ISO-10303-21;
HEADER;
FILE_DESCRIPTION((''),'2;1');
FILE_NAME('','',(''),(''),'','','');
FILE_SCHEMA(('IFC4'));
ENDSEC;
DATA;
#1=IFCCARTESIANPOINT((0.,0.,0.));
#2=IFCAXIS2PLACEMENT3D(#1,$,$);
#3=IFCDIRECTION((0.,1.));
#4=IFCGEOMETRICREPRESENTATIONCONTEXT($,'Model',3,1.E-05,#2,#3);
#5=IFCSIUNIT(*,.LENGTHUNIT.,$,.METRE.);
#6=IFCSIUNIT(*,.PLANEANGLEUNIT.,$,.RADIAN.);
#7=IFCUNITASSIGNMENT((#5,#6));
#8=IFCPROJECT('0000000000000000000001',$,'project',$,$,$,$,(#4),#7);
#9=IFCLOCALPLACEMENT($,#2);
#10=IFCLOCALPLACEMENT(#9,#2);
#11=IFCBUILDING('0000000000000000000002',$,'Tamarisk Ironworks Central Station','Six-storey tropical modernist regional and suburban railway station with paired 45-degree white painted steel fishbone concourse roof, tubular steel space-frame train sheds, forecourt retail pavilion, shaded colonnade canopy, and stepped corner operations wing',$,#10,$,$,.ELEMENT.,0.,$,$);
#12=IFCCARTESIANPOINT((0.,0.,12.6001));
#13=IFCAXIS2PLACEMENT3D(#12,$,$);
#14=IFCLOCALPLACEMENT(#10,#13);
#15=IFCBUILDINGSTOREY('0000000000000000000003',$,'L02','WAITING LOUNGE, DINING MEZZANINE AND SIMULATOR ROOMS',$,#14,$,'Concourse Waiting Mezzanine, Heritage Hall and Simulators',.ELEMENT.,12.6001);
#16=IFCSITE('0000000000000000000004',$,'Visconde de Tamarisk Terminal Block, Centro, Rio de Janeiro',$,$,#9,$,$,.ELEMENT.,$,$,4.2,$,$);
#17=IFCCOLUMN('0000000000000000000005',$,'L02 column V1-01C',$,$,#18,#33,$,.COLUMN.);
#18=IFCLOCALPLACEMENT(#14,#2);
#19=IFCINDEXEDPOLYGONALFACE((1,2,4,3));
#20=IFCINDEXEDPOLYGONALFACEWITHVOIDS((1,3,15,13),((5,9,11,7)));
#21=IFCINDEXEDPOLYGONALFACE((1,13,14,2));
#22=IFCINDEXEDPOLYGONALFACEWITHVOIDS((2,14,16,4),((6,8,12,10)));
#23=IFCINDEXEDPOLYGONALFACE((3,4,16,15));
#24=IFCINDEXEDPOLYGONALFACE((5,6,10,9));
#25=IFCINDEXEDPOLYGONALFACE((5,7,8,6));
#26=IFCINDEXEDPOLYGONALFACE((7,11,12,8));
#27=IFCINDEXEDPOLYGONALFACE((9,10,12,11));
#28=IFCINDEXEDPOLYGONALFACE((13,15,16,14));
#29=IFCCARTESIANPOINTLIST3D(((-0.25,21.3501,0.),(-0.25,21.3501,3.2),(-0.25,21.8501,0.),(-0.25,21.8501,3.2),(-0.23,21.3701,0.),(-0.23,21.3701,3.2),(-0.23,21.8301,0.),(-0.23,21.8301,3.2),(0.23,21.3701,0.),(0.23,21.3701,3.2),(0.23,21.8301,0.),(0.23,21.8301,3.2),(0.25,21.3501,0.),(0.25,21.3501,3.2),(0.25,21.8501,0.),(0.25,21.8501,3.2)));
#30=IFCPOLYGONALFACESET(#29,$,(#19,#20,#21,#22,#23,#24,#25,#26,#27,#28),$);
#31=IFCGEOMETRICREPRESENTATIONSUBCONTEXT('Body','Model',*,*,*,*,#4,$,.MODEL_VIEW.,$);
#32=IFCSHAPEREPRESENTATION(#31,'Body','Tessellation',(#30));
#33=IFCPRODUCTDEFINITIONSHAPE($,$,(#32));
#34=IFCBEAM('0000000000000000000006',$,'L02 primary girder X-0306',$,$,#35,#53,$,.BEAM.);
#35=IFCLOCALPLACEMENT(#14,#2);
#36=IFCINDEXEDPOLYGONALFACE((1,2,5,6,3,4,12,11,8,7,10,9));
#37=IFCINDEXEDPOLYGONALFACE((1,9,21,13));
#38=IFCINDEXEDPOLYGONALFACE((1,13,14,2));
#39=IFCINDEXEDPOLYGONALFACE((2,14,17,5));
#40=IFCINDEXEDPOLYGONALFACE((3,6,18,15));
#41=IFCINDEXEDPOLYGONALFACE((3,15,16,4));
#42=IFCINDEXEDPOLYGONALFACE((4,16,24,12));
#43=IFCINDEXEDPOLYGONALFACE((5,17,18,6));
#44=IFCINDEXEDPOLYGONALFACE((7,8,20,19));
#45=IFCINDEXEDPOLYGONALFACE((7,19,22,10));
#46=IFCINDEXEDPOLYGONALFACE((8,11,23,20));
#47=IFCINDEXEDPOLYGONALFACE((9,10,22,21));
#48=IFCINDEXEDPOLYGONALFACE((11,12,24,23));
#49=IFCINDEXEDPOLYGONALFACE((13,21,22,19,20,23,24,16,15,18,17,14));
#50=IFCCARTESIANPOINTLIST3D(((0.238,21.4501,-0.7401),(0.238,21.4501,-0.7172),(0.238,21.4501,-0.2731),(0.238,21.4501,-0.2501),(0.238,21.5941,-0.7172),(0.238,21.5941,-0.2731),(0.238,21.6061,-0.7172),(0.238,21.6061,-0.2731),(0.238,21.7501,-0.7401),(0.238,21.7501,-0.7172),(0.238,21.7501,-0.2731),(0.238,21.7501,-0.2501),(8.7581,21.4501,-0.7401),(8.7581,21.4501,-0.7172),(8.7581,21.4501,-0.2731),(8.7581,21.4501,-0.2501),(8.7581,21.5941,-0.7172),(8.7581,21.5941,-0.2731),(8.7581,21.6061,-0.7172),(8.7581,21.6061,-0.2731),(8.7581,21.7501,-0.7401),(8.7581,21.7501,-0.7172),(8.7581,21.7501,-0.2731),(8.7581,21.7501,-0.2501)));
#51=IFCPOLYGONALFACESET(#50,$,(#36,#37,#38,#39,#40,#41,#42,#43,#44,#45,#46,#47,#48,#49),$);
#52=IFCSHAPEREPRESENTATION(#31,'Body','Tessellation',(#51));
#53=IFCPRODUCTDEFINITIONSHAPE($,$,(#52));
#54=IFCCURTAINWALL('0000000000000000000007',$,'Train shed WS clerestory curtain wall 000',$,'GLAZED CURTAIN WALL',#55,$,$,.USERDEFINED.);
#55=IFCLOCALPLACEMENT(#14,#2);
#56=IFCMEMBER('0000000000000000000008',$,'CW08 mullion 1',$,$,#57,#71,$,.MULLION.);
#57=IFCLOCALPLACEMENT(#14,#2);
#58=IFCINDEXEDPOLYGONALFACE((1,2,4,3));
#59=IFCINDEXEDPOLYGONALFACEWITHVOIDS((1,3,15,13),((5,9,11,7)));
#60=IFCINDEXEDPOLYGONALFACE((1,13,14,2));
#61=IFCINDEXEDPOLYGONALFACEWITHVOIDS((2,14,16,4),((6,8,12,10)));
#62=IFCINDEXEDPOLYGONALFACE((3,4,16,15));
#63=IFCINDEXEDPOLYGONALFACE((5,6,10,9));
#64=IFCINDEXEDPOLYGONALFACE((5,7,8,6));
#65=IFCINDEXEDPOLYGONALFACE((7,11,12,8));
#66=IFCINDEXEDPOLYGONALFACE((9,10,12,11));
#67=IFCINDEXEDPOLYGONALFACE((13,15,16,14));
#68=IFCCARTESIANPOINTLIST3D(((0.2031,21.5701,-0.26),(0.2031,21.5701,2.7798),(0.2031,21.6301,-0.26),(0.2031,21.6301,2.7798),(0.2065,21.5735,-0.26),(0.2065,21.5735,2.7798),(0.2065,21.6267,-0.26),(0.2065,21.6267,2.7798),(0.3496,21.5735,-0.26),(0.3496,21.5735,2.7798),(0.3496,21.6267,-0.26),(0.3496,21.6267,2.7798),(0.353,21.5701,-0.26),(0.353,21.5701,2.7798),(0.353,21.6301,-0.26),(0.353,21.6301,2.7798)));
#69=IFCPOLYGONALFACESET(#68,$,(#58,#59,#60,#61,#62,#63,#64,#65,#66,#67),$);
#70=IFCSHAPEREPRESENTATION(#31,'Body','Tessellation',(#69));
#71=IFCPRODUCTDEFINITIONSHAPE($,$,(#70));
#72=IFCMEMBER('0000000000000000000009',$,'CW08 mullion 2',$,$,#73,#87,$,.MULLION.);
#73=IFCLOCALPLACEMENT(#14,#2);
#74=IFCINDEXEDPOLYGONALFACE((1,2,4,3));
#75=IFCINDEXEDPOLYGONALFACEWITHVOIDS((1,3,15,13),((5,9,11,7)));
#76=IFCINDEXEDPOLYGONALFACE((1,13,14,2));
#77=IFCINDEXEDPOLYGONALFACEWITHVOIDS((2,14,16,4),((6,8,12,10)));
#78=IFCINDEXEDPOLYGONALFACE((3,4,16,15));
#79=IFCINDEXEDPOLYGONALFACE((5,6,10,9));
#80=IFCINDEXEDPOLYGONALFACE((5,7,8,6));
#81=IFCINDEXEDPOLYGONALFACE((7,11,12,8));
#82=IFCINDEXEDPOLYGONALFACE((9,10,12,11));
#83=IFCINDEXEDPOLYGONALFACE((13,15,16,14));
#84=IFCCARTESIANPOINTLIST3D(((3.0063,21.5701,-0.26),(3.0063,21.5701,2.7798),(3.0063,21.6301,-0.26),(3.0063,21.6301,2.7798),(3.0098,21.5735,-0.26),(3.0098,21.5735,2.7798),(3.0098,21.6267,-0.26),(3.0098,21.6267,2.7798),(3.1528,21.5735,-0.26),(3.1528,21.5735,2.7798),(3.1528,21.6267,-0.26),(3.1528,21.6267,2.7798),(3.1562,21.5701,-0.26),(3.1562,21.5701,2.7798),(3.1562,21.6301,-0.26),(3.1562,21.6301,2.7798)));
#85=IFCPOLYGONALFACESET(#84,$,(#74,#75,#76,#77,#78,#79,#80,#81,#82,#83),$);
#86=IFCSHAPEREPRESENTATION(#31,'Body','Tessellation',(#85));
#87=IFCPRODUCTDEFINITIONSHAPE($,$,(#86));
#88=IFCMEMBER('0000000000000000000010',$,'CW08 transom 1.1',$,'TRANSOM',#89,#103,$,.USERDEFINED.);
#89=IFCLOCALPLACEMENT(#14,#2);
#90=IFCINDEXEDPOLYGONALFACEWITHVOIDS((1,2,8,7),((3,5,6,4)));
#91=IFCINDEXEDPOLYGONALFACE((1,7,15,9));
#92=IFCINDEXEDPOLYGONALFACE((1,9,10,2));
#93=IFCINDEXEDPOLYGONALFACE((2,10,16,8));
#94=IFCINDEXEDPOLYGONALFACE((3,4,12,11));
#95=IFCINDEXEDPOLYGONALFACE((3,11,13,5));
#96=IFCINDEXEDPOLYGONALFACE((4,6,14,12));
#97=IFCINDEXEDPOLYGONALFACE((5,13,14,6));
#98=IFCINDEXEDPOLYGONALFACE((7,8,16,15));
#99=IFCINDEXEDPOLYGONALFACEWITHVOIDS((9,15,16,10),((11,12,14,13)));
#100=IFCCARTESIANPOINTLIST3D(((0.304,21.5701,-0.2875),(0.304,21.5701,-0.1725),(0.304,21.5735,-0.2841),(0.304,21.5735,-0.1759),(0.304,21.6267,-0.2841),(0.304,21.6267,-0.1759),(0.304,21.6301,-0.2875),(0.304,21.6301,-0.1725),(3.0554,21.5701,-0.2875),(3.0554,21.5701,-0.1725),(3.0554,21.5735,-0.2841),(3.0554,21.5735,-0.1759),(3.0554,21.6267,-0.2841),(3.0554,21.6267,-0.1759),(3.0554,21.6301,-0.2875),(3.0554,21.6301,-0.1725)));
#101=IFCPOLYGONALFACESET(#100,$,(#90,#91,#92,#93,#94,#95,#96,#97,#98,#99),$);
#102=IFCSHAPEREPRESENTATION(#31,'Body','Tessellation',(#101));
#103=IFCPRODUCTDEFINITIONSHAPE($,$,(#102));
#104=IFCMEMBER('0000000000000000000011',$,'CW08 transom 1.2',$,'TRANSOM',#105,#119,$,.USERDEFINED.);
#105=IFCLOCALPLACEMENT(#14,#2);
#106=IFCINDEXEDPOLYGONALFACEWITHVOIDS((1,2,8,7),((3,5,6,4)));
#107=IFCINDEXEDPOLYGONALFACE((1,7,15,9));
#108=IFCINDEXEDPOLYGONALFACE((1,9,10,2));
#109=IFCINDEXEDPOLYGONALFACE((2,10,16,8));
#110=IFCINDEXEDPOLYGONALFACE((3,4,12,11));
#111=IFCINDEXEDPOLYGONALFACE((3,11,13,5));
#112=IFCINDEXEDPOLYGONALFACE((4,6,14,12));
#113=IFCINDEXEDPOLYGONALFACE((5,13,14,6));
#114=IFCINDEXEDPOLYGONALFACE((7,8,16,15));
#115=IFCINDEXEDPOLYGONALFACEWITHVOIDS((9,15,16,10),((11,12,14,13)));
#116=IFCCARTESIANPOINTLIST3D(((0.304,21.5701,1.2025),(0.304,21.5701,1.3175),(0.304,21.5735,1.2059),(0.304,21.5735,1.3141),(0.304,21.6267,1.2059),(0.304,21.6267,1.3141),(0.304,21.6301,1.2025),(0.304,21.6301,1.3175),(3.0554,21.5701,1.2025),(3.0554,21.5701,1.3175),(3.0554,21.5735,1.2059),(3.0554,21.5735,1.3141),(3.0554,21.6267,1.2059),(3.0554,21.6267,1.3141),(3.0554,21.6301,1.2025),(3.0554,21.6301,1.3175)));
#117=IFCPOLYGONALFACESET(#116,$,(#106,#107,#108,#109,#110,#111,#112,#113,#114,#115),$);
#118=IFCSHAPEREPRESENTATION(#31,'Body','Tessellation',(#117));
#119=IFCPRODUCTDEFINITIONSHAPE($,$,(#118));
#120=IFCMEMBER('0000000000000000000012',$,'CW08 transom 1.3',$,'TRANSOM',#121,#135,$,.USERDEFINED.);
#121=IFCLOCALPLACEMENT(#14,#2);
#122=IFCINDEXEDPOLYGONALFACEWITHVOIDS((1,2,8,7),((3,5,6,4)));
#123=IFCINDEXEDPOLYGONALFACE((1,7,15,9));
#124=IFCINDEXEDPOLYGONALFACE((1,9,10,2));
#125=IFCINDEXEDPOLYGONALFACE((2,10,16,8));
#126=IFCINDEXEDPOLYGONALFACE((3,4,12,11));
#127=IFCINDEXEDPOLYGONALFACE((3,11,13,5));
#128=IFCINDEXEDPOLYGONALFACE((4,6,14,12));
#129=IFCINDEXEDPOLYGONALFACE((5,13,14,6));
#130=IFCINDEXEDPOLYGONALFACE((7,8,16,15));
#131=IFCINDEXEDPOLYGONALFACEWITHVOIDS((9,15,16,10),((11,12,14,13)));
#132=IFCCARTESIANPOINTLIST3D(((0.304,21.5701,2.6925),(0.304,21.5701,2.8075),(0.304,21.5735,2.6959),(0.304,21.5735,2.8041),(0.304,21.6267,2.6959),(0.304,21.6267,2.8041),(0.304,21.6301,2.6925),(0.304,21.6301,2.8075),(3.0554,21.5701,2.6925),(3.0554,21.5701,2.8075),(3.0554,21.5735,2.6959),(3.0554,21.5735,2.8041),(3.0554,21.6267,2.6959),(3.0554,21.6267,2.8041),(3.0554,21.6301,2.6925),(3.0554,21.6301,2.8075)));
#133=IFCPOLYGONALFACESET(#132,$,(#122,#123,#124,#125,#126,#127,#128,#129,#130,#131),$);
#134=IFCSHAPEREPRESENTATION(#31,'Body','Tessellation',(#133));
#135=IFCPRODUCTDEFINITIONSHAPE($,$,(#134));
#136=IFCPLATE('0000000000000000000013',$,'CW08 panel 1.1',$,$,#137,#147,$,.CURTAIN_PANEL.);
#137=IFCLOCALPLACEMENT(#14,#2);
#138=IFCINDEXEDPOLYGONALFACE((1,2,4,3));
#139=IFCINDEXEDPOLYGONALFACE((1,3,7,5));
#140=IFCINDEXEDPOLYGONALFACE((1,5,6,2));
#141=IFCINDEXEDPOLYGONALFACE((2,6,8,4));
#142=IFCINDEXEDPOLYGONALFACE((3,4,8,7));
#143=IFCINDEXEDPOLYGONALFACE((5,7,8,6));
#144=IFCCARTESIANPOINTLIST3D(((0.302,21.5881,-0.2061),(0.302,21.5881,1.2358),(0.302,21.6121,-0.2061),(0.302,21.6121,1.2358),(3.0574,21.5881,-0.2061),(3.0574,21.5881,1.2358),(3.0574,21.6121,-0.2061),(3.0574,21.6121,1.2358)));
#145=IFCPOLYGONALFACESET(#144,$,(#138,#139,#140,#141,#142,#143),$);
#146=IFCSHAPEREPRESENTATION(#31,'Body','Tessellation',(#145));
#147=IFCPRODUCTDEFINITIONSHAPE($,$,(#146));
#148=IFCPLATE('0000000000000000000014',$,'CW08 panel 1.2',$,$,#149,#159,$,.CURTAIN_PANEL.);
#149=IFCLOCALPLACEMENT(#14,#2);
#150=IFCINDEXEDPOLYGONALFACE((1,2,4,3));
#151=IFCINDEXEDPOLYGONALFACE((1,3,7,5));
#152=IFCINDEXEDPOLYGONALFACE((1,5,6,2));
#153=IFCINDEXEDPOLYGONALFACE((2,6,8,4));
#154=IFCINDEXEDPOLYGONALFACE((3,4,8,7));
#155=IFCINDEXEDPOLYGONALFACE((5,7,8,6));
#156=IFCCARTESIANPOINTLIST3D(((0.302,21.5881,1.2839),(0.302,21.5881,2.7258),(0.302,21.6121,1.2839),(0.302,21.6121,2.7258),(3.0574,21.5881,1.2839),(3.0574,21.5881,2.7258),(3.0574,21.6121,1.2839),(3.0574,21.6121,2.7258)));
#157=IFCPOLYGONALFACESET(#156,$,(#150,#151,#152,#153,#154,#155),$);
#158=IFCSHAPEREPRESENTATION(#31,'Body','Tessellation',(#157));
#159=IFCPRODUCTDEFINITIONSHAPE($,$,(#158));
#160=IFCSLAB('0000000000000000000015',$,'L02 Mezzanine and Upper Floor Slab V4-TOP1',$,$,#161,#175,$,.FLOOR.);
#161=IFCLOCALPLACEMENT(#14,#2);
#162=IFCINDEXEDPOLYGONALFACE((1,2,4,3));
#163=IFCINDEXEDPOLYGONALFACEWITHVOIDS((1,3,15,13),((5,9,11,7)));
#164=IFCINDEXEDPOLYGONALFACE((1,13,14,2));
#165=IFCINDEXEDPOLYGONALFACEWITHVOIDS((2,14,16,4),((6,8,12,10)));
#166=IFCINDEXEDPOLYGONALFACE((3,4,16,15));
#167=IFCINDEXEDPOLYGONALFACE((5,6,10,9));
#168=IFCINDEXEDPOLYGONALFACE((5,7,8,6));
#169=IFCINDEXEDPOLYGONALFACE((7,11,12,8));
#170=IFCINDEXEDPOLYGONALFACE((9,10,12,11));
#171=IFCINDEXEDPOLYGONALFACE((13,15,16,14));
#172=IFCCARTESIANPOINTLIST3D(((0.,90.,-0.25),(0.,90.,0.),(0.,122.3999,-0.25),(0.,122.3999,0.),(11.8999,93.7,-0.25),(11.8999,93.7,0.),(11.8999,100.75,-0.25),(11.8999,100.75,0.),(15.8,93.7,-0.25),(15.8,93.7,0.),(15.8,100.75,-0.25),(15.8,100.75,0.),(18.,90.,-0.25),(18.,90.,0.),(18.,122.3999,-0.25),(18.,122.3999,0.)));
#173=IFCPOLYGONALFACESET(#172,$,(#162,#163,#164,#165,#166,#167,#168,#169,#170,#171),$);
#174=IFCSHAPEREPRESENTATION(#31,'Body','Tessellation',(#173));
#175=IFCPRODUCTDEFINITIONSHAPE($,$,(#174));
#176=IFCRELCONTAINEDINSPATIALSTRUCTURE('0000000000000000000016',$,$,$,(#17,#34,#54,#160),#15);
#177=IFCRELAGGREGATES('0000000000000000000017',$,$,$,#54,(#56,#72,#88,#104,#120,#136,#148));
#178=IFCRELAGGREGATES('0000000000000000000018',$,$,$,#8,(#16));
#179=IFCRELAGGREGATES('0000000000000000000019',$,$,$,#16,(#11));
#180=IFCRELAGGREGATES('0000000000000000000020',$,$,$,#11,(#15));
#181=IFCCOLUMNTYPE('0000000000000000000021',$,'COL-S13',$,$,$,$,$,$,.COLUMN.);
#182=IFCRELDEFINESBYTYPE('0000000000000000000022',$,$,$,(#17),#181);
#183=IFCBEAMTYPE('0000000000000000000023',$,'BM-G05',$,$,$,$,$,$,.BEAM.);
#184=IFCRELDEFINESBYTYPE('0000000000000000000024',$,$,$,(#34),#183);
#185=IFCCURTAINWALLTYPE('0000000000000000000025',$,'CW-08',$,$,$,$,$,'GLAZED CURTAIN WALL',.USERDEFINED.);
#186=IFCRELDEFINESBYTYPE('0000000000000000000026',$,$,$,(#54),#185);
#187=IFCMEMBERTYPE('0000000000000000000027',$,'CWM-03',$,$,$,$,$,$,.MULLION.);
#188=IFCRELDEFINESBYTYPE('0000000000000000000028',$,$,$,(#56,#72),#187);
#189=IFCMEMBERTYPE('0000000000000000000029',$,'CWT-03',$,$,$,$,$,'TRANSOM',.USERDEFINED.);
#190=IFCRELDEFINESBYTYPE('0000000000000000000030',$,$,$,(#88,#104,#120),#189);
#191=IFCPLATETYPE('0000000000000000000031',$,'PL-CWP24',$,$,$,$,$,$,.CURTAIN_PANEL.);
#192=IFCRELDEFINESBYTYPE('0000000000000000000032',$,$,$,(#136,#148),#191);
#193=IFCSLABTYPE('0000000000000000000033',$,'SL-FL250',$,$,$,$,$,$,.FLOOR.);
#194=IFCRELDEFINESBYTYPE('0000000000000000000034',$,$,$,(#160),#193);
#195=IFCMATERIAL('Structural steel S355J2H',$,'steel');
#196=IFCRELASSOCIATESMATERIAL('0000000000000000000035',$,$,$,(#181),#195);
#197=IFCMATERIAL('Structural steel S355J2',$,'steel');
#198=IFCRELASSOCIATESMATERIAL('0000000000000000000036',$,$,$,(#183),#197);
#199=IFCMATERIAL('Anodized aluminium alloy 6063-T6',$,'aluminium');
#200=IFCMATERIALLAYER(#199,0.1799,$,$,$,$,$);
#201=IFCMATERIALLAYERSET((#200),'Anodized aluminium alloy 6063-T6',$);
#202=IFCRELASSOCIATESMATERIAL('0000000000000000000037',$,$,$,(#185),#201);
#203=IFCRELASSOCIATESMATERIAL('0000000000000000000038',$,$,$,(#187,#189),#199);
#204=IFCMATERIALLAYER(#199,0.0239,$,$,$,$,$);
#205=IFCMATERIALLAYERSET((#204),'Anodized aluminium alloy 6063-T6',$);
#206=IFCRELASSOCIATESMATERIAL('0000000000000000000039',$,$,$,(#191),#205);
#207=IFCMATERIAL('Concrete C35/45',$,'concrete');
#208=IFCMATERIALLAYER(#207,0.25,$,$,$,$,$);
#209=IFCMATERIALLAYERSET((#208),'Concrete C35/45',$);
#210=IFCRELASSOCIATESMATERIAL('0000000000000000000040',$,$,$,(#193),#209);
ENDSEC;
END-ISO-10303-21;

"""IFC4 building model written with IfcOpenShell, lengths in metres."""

from ifc_helpers import new_model, si_unit, direction, frame, origin, origin_2d, place, context, subcontext, project, spatial, polyline, rectangle, hollow_rectangle, i_section, outline, extrude, material, layer, layer_set, material_profile, profile_set, type_object, element, aggregate, save


model = new_model("IFC4")

# Units and contexts
model_context = context("Model", 3, precision=1e-05, world=origin(), true_north=direction((0.0, 1.0)))
body_context = subcontext(model_context, "Body", "Model", "MODEL_VIEW")
ifc_project = project(units=[si_unit("LENGTHUNIT", "METRE"), si_unit("PLANEANGLEUNIT", "RADIAN")], contexts=[model_context])

# Site, building, storey
site_placement = place(None, origin())
site = spatial("IfcSite", under=ifc_project, at=site_placement, Name="Visconde de Tamarisk Terminal Block, Centro, Rio de Janeiro", CompositionType="ELEMENT", RefElevation=4.2)
building_placement = place(site_placement, origin())
building = spatial("IfcBuilding", under=site, at=building_placement, Name="Tamarisk Ironworks Central Station", Description="Six-storey tropical modernist regional and suburban railway station with paired 45-degree white painted steel fishbone concourse roof, tubular steel space-frame train sheds, forecourt retail pavilion, shaded colonnade canopy, and stepped corner operations wing", CompositionType="ELEMENT", ElevationOfRefHeight=0.0)
storey_placement = place(building_placement, frame((0.0, 0.0, 12.6001)))
storey = spatial("IfcBuildingStorey", under=building, at=storey_placement, Name="L02", Description="WAITING LOUNGE, DINING MEZZANINE AND SIMULATOR ROOMS", LongName="Concourse Waiting Mezzanine, Heritage Hall and Simulators", CompositionType="ELEMENT", Elevation=12.6001)

# Column
ifc_material_1 = material(Name="Structural steel S355J2H", Category="steel")
ifc_material_profile_1 = material_profile(ifc_material_1, hollow_rectangle(XDim=0.5, YDim=0.5, WallThickness=0.02, at=origin_2d()), Name="SHS 500x500x20")
ifc_profile_set_1 = profile_set([ifc_material_profile_1], Name="Structural steel S355J2H")
column_type = type_object("IfcColumnType", Name="COL-S13", PredefinedType="COLUMN", material=ifc_profile_set_1)
column_placement = place(storey_placement, frame((0.0, 21.6001, 0.0), z_axis=(0.0, 0.0, 1.0), x_axis=(1.0, 0.0, 0.0)))
element("IfcColumn", 1, at=column_placement, inside=storey, type_object=column_type, Name="L02 column V1-01C", PredefinedType="COLUMN", context=body_context, shape_type="SweptSolid", body=[
    extrude(hollow_rectangle(XDim=0.5, YDim=0.5, WallThickness=0.02, at=origin_2d()), origin(), (0.0, 0.0, 1.0), 3.2),
])

# Beam
ifc_material_2 = material(Name="Structural steel S355J2", Category="steel")
ifc_material_profile_2 = material_profile(ifc_material_2, i_section(OverallWidth=0.3, OverallDepth=0.49, WebThickness=0.012, FlangeThickness=0.0229, at=origin_2d()), Name="HEA 500")
ifc_profile_set_2 = profile_set([ifc_material_profile_2], Name="Structural steel S355J2")
beam_type = type_object("IfcBeamType", Name="BM-G05", PredefinedType="BEAM", material=ifc_profile_set_2)
beam_placement = place(storey_placement, frame((0.238, 21.6001, -0.4951), z_axis=(1.0, 0.0, 0.0), x_axis=(0.0, 1.0, 0.0)))
element("IfcBeam", 2, at=beam_placement, inside=storey, type_object=beam_type, Name="L02 primary girder X-0306", PredefinedType="BEAM", context=body_context, shape_type="SweptSolid", body=[
    extrude(i_section(OverallWidth=0.3, OverallDepth=0.49, WebThickness=0.012, FlangeThickness=0.0229, at=origin_2d()), origin(), (0.0, 0.0, 1.0), 8.52),
])

# Curtain wall, members, plates
ifc_material_3 = material(Name="Anodized aluminium alloy 6063-T6", Category="aluminium")
ifc_layer_1 = layer(ifc_material_3, 0.1799)
ifc_layer_set_1 = layer_set([ifc_layer_1], Name="Anodized aluminium alloy 6063-T6")
curtain_wall_type = type_object("IfcCurtainWallType", Name="CW-08", ElementType="GLAZED CURTAIN WALL", PredefinedType="USERDEFINED", material=ifc_layer_set_1)
curtain_wall_placement = place(storey_placement, origin())
curtain_wall = element("IfcCurtainWall", 3, at=curtain_wall_placement, inside=storey, type_object=curtain_wall_type, Name="Train shed WS clerestory curtain wall 000", ObjectType="GLAZED CURTAIN WALL", PredefinedType="USERDEFINED")
ifc_material_profile_3 = material_profile(ifc_material_3, hollow_rectangle(XDim=0.0601, YDim=0.1499, WallThickness=0.0034, at=origin_2d()), Name="ALUM 150x60")
ifc_profile_set_3 = profile_set([ifc_material_profile_3], Name="Anodized aluminium alloy 6063-T6")
member_type_1 = type_object("IfcMemberType", Name="CWM-03", PredefinedType="MULLION", material=ifc_profile_set_3)
member_1_placement = place(storey_placement, frame((0.2781, 21.6001, -0.26), z_axis=(0.0, 0.0, 1.0), x_axis=(0.0, 1.0, 0.0)))
member_1 = element("IfcMember", 4, at=member_1_placement, type_object=member_type_1, Name="CW08 mullion 1", PredefinedType="MULLION", context=body_context, shape_type="SweptSolid", body=[
    extrude(hollow_rectangle(XDim=0.0601, YDim=0.1499, WallThickness=0.0034, at=origin_2d()), origin(), (0.0, 0.0, 1.0), 3.0398),
])
member_2_placement = place(storey_placement, frame((3.0813, 21.6001, -0.26), z_axis=(0.0, 0.0, 1.0), x_axis=(0.0, 1.0, 0.0)))
member_2 = element("IfcMember", 5, at=member_2_placement, type_object=member_type_1, Name="CW08 mullion 2", PredefinedType="MULLION", context=body_context, shape_type="SweptSolid", body=[
    extrude(hollow_rectangle(XDim=0.0601, YDim=0.1499, WallThickness=0.0034, at=origin_2d()), origin(), (0.0, 0.0, 1.0), 3.0398),
])
ifc_material_profile_4 = material_profile(ifc_material_3, hollow_rectangle(XDim=0.0601, YDim=0.115, WallThickness=0.0034, at=origin_2d()), Name="ALUM 115x60")
ifc_profile_set_4 = profile_set([ifc_material_profile_4], Name="Anodized aluminium alloy 6063-T6")
member_type_2 = type_object("IfcMemberType", Name="CWT-03", ElementType="TRANSOM", PredefinedType="USERDEFINED", material=ifc_profile_set_4)
member_3_placement = place(storey_placement, frame((0.304, 21.6001, -0.23), z_axis=(1.0, 0.0, 0.0), x_axis=(0.0, 1.0, 0.0)))
member_3 = element("IfcMember", 6, at=member_3_placement, type_object=member_type_2, Name="CW08 transom 1.1", ObjectType="TRANSOM", PredefinedType="USERDEFINED", context=body_context, shape_type="SweptSolid", body=[
    extrude(hollow_rectangle(XDim=0.0601, YDim=0.115, WallThickness=0.0034, at=origin_2d()), origin(), (0.0, 0.0, 1.0), 2.7515),
])
member_4_placement = place(storey_placement, frame((0.304, 21.6001, 1.26), z_axis=(1.0, 0.0, 0.0), x_axis=(0.0, 1.0, 0.0)))
member_4 = element("IfcMember", 7, at=member_4_placement, type_object=member_type_2, Name="CW08 transom 1.2", ObjectType="TRANSOM", PredefinedType="USERDEFINED", context=body_context, shape_type="SweptSolid", body=[
    extrude(hollow_rectangle(XDim=0.0601, YDim=0.115, WallThickness=0.0034, at=origin_2d()), origin(), (0.0, 0.0, 1.0), 2.7515),
])
member_5_placement = place(storey_placement, frame((0.304, 21.6001, 2.75), z_axis=(1.0, 0.0, 0.0), x_axis=(0.0, 1.0, 0.0)))
member_5 = element("IfcMember", 8, at=member_5_placement, type_object=member_type_2, Name="CW08 transom 1.3", ObjectType="TRANSOM", PredefinedType="USERDEFINED", context=body_context, shape_type="SweptSolid", body=[
    extrude(hollow_rectangle(XDim=0.0601, YDim=0.115, WallThickness=0.0034, at=origin_2d()), origin(), (0.0, 0.0, 1.0), 2.7515),
])
ifc_layer_2 = layer(ifc_material_3, 0.0239)
ifc_layer_set_2 = layer_set([ifc_layer_2], Name="Anodized aluminium alloy 6063-T6")
plate_type = type_object("IfcPlateType", Name="PL-CWP24", PredefinedType="CURTAIN_PANEL", material=ifc_layer_set_2)
plate_1_placement = place(storey_placement, frame((1.6797, 21.6001, -0.2061), z_axis=(0.0, 0.0, 1.0), x_axis=(1.0, 0.0, 0.0)))
plate_1 = element("IfcPlate", 9, at=plate_1_placement, type_object=plate_type, Name="CW08 panel 1.1", PredefinedType="CURTAIN_PANEL", context=body_context, shape_type="SweptSolid", body=[
    extrude(rectangle(XDim=2.7554, YDim=0.0239, at=origin_2d()), origin(), (0.0, 0.0, 1.0), 1.4419),
])
plate_2_placement = place(storey_placement, frame((1.6797, 21.6001, 1.2839), z_axis=(0.0, 0.0, 1.0), x_axis=(1.0, 0.0, 0.0)))
plate_2 = element("IfcPlate", 10, at=plate_2_placement, type_object=plate_type, Name="CW08 panel 1.2", PredefinedType="CURTAIN_PANEL", context=body_context, shape_type="SweptSolid", body=[
    extrude(rectangle(XDim=2.7554, YDim=0.0239, at=origin_2d()), origin(), (0.0, 0.0, 1.0), 1.4419),
])
aggregate(curtain_wall, [member_1, member_2, member_3, member_4, member_5, plate_1, plate_2])

# Slab
ifc_material_4 = material(Name="Concrete C35/45", Category="concrete")
ifc_layer_3 = layer(ifc_material_4, 0.25)
ifc_layer_set_3 = layer_set([ifc_layer_3], Name="Concrete C35/45")
slab_type_1 = type_object("IfcSlabType", Name="SL-FL250", PredefinedType="FLOOR", material=ifc_layer_set_3)
slab_1_placement = place(storey_placement, frame((0.0, 0.0, -0.25)))
element("IfcSlab", 11, at=slab_1_placement, inside=storey, type_object=slab_type_1, Name="L02 Mezzanine and Upper Floor Slab V4-TOP1", PredefinedType="FLOOR", context=body_context, shape_type="SweptSolid", body=[
    extrude(outline(polyline([(0.0, 90.0), (18.0, 90.0), (18.0, 122.3999), (0.0, 122.3999), (0.0, 90.0)]), holes=[polyline([(15.8, 93.7), (15.8, 100.75), (11.8999, 100.75), (11.8999, 93.7), (15.8, 93.7)])]), origin(), (0.0, 0.0, 1.0), 0.25),
])

save(model, "model.ifc")
